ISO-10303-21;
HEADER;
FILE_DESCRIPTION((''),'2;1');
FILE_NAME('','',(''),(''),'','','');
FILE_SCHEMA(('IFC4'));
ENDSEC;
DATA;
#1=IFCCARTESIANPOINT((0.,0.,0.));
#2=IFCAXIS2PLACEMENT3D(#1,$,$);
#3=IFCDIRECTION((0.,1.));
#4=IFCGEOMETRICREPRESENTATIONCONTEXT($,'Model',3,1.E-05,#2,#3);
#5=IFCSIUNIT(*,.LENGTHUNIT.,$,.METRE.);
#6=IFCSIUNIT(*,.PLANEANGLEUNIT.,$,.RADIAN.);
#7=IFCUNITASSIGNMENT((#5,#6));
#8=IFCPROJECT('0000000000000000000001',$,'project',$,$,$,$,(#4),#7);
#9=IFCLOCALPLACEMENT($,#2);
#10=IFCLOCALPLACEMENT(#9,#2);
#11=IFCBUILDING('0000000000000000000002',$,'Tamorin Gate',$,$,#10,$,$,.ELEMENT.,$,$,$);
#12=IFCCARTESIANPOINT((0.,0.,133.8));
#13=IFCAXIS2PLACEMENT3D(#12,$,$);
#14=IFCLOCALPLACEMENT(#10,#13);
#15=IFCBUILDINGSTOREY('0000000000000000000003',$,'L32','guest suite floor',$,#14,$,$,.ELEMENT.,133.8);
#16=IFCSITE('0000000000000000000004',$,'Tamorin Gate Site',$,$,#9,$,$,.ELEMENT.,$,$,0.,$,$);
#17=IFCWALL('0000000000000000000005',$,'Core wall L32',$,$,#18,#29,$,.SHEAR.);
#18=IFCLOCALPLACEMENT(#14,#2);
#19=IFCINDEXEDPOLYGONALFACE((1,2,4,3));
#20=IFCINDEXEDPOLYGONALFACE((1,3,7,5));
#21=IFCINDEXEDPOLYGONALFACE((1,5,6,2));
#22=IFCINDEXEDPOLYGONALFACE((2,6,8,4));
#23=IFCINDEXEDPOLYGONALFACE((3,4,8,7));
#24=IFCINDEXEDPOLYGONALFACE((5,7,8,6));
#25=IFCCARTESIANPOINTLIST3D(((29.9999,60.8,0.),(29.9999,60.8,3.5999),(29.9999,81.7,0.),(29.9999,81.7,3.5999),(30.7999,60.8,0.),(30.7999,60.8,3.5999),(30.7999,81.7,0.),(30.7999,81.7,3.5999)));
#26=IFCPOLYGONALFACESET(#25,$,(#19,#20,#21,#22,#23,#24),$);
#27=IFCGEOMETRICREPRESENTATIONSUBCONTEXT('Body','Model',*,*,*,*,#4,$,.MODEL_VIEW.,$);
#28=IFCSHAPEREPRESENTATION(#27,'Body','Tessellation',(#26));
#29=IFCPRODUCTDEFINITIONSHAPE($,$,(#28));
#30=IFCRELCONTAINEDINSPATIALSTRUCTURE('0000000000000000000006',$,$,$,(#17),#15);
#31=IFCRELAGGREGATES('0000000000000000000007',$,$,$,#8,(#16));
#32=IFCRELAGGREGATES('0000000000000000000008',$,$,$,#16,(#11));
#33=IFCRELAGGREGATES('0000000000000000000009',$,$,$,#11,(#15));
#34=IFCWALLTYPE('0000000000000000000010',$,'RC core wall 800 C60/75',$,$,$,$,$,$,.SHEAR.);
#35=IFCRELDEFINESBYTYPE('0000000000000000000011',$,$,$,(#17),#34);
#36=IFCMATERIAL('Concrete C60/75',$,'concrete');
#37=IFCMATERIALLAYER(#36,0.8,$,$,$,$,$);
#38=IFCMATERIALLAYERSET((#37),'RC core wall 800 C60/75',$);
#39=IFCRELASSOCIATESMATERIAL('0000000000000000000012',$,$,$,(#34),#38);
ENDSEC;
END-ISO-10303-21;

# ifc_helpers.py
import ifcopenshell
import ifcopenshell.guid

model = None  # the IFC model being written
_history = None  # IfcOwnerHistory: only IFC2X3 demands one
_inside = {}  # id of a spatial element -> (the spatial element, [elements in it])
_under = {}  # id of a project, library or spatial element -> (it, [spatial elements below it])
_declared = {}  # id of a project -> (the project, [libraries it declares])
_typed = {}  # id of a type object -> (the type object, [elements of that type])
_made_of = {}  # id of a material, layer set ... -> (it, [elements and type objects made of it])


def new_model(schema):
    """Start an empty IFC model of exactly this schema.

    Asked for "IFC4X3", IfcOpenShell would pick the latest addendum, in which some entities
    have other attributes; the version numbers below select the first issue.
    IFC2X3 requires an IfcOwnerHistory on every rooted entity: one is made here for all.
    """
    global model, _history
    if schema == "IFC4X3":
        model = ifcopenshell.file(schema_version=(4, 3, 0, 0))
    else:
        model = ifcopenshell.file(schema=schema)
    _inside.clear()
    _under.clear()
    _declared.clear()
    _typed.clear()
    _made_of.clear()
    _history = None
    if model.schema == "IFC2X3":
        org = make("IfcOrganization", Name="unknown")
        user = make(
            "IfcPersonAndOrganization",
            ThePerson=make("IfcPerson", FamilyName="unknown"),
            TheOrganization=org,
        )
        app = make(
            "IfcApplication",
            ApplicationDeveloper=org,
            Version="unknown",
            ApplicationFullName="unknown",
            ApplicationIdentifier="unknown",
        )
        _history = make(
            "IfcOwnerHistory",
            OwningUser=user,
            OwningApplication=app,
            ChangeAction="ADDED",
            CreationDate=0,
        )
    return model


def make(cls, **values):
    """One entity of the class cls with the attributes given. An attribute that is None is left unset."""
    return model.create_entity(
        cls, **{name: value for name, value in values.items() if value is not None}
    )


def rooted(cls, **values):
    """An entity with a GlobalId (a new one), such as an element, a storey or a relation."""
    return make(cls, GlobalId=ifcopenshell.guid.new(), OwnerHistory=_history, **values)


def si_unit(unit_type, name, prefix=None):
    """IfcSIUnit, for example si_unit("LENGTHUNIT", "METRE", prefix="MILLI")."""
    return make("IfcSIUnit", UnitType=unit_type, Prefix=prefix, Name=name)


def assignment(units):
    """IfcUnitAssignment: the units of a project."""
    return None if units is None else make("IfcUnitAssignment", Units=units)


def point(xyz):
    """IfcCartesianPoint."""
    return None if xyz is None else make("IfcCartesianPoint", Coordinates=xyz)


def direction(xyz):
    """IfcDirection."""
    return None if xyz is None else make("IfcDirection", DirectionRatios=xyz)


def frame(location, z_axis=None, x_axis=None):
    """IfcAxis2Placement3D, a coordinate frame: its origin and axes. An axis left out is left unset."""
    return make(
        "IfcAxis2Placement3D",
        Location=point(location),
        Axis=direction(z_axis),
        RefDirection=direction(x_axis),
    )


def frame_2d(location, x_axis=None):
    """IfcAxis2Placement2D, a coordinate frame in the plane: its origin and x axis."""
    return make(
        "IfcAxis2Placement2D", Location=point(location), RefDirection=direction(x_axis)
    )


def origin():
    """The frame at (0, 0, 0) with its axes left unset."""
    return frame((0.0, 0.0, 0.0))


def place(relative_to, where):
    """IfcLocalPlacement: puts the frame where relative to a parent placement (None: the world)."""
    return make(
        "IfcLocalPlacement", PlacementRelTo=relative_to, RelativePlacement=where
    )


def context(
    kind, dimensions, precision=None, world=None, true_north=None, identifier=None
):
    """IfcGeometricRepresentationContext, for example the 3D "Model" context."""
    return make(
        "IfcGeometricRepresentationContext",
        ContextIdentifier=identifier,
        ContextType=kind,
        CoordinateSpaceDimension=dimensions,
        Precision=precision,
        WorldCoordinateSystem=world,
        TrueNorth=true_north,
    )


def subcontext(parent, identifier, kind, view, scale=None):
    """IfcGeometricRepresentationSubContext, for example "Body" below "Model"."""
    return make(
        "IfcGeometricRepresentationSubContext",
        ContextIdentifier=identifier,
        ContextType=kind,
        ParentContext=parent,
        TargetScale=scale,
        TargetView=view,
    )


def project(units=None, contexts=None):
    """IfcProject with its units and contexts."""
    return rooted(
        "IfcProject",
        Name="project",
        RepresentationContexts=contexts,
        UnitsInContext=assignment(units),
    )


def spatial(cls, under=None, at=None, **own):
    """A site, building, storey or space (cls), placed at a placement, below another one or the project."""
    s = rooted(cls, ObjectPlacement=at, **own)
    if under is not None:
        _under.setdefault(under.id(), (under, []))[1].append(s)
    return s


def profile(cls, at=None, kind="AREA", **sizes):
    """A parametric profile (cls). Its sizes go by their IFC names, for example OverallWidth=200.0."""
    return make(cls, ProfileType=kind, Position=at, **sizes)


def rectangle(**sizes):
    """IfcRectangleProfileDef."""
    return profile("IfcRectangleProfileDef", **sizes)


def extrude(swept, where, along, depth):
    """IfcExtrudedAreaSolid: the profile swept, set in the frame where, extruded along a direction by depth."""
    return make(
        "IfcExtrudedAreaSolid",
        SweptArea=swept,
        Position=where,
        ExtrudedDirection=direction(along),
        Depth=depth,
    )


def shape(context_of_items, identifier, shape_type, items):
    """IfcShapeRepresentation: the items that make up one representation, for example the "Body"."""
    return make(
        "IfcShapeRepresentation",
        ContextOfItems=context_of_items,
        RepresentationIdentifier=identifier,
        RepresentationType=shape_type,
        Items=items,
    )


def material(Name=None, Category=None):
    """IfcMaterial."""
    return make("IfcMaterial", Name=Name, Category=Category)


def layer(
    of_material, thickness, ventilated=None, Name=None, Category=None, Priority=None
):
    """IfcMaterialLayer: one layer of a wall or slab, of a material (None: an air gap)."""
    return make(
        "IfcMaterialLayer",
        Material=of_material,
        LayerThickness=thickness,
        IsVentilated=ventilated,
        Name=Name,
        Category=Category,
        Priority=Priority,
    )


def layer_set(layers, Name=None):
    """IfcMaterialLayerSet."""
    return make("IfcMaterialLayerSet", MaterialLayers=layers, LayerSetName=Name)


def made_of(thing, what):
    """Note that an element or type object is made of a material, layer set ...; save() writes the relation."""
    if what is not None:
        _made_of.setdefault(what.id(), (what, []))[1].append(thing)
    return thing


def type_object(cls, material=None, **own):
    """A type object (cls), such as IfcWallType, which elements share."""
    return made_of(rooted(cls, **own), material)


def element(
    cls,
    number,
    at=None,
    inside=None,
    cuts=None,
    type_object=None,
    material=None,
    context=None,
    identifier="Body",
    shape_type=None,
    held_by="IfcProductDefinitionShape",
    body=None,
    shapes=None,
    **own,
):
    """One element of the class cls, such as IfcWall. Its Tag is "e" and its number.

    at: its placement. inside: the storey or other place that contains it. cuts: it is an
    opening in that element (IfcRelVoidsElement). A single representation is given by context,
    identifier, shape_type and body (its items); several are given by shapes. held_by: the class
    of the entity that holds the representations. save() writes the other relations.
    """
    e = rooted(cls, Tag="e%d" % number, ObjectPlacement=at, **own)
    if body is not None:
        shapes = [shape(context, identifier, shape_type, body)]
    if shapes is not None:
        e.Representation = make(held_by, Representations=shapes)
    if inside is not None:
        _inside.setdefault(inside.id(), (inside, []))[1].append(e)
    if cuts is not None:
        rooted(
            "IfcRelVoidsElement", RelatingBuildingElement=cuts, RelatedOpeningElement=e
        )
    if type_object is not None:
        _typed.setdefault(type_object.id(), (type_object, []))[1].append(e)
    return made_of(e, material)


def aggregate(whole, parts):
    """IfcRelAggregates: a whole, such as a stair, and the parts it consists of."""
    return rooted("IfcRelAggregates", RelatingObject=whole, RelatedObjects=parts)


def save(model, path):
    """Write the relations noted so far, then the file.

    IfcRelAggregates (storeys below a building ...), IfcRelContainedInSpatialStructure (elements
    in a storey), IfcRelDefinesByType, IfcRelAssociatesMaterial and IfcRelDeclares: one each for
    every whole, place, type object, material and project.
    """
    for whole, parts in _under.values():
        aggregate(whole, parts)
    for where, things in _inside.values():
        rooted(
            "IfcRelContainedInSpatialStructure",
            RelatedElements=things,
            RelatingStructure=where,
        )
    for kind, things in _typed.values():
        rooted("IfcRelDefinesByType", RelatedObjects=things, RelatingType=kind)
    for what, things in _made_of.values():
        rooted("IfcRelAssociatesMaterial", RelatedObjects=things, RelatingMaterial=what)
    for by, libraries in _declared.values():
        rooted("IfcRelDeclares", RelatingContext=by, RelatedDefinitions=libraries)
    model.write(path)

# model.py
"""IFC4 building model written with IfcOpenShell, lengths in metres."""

from ifc_helpers import new_model, si_unit, direction, frame, frame_2d, origin, place, context, subcontext, project, spatial, rectangle, extrude, material, layer, layer_set, type_object, element, save


model = new_model("IFC4")

# Units and contexts
model_context = context("Model", 3, precision=1e-05, world=origin(), true_north=direction((0.0, 1.0)))
body_context = subcontext(model_context, "Body", "Model", "MODEL_VIEW")
ifc_project = project(units=[si_unit("LENGTHUNIT", "METRE"), si_unit("PLANEANGLEUNIT", "RADIAN")], contexts=[model_context])

# Site, building, storey
site_placement = place(None, origin())
site = spatial("IfcSite", under=ifc_project, at=site_placement, Name="Tamorin Gate Site", CompositionType="ELEMENT", RefElevation=0.0)
building_placement = place(site_placement, origin())
building = spatial("IfcBuilding", under=site, at=building_placement, Name="Tamorin Gate", CompositionType="ELEMENT")
storey_placement = place(building_placement, frame((0.0, 0.0, 133.8)))
storey = spatial("IfcBuildingStorey", under=building, at=storey_placement, Name="L32", Description="guest suite floor", CompositionType="ELEMENT", Elevation=133.8)

# Shared definitions
ifc_material_1 = material(Name="Concrete C60/75", Category="concrete")

# Shared definitions
ifc_layer_1 = layer(ifc_material_1, 0.8)
ifc_layer_set_1 = layer_set([ifc_layer_1], Name="RC core wall 800 C60/75")
wall_type_1 = type_object("IfcWallType", Name="RC core wall 800 C60/75", PredefinedType="SHEAR", material=ifc_layer_set_1)

# Wall
wall_1_placement = place(storey_placement, frame((30.3999, 60.8, 0.0), z_axis=(0.0, 0.0, 1.0), x_axis=(0.0, 1.0, 0.0)))
element("IfcWall", 1, at=wall_1_placement, inside=storey, type_object=wall_type_1, Name="Core wall L32", PredefinedType="SHEAR", context=body_context, shape_type="SweptSolid", body=[
    extrude(rectangle(XDim=20.8999, YDim=0.8, at=frame_2d((10.45, 0.0))), origin(), (0.0, 0.0, 1.0), 3.5999),
])

save(model, "model.ifc")
